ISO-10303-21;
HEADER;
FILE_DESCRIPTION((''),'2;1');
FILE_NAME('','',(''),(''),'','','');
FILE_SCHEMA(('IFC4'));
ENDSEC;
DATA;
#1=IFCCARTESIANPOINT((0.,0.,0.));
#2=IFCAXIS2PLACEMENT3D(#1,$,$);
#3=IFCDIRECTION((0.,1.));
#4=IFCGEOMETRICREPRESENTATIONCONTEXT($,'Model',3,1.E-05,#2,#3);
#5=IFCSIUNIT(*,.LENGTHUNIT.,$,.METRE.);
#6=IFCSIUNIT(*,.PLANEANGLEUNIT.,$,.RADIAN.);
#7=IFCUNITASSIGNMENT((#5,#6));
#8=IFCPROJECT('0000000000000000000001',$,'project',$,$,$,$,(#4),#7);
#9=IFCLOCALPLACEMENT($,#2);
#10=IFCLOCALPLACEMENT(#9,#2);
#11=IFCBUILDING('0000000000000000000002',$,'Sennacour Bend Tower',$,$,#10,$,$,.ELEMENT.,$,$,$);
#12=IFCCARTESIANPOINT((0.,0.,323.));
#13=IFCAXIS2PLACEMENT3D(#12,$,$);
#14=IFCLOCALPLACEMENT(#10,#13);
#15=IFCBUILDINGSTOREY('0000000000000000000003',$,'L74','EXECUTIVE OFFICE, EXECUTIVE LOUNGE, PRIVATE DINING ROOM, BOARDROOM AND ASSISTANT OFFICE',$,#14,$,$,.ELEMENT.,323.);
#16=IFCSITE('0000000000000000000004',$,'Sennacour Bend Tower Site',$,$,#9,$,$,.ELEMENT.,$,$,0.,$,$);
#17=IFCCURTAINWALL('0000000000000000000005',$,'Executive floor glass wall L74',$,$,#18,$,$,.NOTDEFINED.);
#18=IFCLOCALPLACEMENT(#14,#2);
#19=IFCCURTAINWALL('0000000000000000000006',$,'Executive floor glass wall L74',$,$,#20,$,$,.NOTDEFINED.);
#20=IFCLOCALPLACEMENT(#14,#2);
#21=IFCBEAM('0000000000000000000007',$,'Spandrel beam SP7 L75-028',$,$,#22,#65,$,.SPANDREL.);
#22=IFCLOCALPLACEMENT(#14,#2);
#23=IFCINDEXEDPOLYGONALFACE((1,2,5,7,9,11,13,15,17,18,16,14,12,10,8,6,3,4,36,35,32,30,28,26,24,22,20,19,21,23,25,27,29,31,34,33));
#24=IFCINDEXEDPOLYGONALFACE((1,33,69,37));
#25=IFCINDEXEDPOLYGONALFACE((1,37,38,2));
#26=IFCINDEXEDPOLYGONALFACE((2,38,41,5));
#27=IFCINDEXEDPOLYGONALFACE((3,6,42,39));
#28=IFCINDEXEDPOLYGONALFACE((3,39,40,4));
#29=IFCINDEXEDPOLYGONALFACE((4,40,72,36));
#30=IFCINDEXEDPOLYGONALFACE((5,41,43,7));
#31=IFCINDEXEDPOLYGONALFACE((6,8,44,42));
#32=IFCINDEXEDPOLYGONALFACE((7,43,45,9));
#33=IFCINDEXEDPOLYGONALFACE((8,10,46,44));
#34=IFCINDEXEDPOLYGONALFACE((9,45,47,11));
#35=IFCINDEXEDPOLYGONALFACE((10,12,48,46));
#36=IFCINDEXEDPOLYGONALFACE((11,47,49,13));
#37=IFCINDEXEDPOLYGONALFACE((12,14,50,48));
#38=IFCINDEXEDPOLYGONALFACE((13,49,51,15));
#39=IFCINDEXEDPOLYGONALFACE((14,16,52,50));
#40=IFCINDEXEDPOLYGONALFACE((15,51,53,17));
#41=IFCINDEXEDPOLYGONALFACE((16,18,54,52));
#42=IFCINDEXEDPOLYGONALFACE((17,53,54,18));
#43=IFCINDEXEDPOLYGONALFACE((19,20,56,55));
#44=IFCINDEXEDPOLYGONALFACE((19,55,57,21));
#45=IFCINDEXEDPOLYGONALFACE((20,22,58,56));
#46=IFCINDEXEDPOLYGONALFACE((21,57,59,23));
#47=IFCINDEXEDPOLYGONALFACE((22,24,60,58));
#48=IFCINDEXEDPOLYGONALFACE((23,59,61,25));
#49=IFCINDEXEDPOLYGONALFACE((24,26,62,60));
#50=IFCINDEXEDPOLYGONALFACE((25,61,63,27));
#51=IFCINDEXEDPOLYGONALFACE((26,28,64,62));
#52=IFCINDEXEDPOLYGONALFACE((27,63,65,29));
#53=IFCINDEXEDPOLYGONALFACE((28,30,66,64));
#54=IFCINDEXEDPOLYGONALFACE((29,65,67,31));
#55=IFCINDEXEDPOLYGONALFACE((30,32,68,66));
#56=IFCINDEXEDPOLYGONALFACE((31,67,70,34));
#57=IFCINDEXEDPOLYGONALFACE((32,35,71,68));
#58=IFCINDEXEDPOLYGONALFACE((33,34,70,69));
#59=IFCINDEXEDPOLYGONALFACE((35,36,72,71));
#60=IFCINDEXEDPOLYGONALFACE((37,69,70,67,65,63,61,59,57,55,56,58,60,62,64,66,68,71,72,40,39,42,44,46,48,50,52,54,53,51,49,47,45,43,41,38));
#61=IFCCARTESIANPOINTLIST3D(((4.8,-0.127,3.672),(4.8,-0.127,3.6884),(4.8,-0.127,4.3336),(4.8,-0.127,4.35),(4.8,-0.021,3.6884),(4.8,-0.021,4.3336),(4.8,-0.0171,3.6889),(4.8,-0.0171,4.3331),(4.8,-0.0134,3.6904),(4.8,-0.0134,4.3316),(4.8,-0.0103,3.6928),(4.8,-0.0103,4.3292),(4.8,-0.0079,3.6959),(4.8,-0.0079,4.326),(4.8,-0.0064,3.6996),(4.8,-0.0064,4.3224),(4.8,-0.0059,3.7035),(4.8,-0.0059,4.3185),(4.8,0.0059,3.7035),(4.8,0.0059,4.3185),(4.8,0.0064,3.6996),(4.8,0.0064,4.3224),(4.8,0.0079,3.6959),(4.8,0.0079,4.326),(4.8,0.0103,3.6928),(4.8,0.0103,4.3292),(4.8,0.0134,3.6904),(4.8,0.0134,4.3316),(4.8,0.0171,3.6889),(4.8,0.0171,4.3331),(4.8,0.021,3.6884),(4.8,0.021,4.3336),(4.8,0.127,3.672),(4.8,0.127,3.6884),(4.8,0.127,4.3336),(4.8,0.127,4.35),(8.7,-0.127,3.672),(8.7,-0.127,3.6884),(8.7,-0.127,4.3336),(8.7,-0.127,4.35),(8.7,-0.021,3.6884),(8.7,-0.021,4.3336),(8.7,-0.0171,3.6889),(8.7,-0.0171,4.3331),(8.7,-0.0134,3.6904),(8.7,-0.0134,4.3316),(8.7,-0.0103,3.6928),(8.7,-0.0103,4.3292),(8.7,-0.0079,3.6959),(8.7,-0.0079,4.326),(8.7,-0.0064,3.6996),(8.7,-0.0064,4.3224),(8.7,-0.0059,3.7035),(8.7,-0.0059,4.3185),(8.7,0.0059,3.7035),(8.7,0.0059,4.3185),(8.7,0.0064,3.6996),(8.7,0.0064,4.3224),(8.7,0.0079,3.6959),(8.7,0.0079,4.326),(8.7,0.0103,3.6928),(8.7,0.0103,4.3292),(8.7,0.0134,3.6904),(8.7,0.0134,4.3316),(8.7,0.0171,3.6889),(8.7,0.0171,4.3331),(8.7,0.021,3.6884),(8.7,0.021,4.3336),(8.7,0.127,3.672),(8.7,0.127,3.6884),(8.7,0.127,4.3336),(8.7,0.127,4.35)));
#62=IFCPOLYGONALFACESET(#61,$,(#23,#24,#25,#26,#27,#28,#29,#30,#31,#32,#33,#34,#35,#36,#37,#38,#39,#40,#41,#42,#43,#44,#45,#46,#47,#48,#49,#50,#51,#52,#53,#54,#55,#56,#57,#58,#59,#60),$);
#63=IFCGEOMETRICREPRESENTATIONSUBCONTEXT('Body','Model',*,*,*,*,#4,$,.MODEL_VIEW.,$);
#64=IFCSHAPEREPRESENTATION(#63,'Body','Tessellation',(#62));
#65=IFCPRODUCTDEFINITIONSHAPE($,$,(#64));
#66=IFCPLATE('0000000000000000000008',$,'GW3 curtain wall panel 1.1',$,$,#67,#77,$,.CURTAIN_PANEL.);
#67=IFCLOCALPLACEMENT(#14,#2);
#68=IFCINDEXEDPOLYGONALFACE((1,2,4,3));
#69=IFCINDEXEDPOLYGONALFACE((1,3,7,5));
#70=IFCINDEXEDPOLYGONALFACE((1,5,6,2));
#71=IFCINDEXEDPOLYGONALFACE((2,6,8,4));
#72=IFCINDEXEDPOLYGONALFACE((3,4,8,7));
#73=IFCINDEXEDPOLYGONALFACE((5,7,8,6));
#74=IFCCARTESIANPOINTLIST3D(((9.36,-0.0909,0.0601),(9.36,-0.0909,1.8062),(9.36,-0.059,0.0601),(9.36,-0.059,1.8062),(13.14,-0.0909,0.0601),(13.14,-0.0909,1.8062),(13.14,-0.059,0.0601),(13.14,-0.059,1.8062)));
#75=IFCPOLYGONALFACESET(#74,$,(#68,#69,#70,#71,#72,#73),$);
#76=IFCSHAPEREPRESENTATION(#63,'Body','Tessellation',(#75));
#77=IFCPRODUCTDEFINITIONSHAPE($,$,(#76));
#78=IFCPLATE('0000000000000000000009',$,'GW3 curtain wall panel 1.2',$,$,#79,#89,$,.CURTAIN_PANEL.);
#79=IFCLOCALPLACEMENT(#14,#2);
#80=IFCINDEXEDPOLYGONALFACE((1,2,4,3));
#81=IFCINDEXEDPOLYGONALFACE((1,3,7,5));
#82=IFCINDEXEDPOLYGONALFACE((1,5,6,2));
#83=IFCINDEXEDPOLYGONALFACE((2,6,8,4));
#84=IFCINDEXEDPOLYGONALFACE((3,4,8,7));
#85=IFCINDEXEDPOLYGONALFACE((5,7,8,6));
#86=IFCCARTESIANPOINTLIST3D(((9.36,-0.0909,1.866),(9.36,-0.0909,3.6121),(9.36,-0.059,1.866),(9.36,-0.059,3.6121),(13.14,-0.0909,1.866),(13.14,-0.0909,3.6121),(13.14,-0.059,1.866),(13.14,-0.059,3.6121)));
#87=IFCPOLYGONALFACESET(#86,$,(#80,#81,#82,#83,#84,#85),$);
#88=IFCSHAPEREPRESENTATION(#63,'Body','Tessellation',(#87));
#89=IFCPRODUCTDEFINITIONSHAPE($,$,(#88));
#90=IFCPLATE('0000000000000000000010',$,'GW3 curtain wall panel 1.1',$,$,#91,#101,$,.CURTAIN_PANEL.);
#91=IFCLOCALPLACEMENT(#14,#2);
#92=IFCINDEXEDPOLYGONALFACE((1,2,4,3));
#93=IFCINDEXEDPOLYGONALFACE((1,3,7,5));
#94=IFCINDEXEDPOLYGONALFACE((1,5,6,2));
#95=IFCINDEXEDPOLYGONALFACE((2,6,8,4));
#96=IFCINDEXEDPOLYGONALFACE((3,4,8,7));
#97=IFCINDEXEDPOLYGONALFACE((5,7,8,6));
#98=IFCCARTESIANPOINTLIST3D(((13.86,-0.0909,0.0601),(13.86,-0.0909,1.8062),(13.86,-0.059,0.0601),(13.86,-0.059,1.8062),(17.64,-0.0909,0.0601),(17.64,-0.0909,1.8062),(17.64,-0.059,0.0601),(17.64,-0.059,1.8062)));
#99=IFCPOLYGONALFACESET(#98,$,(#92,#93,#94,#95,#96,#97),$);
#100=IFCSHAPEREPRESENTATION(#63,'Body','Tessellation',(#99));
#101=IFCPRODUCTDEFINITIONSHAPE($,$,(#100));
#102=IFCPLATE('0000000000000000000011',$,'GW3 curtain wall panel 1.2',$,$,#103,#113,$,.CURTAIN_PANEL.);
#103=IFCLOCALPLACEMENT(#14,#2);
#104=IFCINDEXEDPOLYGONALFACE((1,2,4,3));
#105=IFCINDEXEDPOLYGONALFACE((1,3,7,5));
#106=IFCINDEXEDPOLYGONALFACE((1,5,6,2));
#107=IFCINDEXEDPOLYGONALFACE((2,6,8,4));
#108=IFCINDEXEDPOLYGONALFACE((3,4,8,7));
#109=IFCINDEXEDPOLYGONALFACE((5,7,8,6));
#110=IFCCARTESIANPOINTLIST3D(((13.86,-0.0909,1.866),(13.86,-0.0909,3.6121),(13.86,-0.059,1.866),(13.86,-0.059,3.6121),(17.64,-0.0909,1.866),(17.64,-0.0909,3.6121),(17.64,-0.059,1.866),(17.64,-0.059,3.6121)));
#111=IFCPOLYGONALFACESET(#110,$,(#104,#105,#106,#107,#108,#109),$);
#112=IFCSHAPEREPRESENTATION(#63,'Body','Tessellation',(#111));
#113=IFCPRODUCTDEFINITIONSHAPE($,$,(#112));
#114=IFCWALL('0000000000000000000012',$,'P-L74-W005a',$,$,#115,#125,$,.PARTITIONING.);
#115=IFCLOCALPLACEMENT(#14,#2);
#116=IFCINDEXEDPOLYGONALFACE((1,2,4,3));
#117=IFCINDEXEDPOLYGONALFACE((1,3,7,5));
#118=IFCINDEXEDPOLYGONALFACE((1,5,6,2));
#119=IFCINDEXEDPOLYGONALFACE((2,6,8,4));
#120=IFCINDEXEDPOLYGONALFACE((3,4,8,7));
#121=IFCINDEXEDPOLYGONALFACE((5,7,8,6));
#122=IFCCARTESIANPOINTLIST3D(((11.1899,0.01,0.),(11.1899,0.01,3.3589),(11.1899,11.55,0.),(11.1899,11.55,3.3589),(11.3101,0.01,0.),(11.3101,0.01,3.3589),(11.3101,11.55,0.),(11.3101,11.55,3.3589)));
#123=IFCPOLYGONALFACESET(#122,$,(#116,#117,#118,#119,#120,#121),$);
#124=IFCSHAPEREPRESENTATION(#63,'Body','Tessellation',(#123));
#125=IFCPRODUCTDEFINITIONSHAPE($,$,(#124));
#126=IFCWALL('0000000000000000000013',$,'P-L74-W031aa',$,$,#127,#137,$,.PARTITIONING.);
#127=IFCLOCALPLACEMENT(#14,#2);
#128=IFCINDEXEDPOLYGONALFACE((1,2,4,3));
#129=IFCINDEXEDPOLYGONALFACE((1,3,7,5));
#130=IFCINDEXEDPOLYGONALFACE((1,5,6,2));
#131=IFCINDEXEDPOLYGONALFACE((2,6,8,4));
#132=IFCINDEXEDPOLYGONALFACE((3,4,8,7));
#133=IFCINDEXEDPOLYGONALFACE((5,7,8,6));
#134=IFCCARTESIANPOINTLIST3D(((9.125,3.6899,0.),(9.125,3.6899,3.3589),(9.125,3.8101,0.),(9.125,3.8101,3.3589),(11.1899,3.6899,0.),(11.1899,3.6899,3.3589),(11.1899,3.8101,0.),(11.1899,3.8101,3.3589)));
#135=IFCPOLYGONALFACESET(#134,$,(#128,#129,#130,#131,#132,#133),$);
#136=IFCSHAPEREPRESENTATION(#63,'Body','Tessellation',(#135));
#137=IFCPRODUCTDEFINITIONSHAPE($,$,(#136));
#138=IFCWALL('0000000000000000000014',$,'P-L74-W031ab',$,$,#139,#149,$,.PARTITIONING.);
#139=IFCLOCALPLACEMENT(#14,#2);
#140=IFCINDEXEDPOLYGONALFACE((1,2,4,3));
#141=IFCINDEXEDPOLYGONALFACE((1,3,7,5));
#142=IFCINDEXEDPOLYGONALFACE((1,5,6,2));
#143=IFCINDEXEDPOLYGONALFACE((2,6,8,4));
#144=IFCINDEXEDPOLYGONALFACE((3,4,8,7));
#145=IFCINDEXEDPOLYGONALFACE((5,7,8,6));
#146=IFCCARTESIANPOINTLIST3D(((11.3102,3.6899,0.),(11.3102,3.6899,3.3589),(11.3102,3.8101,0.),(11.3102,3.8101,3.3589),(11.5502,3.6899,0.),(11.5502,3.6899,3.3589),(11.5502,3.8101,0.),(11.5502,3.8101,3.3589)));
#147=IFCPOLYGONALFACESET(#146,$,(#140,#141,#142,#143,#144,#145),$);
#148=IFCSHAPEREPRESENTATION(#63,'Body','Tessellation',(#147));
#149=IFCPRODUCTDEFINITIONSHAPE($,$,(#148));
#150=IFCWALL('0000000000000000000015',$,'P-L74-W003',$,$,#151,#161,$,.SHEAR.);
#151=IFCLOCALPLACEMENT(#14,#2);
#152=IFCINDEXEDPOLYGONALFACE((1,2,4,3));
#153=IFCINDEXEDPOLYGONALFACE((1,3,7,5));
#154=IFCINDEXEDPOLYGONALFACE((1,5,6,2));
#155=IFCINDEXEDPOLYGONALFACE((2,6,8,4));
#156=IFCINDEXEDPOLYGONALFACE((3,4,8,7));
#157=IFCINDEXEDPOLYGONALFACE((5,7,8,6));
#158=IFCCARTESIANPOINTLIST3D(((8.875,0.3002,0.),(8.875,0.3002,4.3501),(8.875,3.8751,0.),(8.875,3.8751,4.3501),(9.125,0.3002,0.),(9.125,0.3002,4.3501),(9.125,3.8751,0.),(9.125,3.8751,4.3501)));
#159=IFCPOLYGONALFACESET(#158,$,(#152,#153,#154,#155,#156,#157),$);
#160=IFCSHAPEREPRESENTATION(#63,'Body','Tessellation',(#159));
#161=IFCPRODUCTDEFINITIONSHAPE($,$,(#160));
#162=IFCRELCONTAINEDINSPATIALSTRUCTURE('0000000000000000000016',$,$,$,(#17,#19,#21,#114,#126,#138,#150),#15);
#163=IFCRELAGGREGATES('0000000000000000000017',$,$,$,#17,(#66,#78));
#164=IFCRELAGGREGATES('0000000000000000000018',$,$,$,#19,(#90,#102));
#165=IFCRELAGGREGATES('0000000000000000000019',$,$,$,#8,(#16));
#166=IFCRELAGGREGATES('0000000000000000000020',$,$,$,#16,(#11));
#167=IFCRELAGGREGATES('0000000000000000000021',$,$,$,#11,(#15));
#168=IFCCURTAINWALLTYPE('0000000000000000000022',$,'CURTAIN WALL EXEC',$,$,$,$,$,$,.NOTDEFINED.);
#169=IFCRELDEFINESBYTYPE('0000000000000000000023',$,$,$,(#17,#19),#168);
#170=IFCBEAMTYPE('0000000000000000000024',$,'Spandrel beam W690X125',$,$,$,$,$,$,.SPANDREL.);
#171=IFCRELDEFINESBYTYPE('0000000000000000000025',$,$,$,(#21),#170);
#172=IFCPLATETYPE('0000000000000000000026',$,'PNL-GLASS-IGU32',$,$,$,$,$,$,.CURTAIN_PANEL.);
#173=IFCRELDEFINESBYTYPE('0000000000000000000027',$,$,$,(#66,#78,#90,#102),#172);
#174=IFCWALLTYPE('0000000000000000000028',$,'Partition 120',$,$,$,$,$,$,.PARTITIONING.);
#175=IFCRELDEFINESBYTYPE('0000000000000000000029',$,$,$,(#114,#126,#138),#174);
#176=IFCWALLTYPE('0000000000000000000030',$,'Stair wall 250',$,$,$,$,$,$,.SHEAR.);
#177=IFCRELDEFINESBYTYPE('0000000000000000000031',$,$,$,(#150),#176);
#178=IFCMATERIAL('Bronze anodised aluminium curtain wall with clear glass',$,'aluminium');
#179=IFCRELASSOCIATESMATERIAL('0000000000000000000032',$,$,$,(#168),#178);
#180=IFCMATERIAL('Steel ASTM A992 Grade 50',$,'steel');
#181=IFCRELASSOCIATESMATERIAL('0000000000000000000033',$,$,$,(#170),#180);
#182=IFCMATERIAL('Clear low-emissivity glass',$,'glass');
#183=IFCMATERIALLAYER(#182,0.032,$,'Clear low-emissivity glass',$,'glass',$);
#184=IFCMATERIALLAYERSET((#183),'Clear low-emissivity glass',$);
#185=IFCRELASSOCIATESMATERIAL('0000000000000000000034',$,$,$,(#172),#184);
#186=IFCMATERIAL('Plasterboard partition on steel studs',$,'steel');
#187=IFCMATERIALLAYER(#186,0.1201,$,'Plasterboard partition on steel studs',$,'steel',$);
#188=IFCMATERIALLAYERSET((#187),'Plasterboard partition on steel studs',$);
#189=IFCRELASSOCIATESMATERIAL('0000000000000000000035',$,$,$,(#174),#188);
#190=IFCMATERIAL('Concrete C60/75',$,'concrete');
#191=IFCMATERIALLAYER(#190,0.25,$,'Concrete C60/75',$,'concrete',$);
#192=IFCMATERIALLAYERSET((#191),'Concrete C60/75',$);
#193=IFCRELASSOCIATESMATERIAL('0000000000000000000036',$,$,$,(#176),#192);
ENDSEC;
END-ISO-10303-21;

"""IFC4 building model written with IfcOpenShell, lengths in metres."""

from ifc_helpers import new_model, si_unit, direction, frame, frame_2d, origin, origin_2d, place, context, subcontext, project, spatial, rectangle, i_section, extrude, material, layer, layer_set, material_profile, profile_set, type_object, element, aggregate, save


model = new_model("IFC4")

# Units and contexts
model_context = context("Model", 3, precision=1e-05, world=origin(), true_north=direction((0.0, 1.0)))
body_context = subcontext(model_context, "Body", "Model", "MODEL_VIEW")
ifc_project = project(units=[si_unit("LENGTHUNIT", "METRE"), si_unit("PLANEANGLEUNIT", "RADIAN")], contexts=[model_context])

# Site, building, storey
site_placement = place(None, origin())
site = spatial("IfcSite", under=ifc_project, at=site_placement, Name="Sennacour Bend Tower Site", CompositionType="ELEMENT", RefElevation=0.0)
building_placement = place(site_placement, origin())
building = spatial("IfcBuilding", under=site, at=building_placement, Name="Sennacour Bend Tower", CompositionType="ELEMENT")
storey_placement = place(building_placement, frame((0.0, 0.0, 323.0)))
storey = spatial("IfcBuildingStorey", under=building, at=storey_placement, Name="L74", Description="EXECUTIVE OFFICE, EXECUTIVE LOUNGE, PRIVATE DINING ROOM, BOARDROOM AND ASSISTANT OFFICE", CompositionType="ELEMENT", Elevation=323.0)

# Shared definitions
ifc_material_1 = material(Name="Bronze anodised aluminium curtain wall with clear glass", Category="aluminium")
curtain_wall_type = type_object("IfcCurtainWallType", Name="CURTAIN WALL EXEC", PredefinedType="NOTDEFINED", material=ifc_material_1)

# Curtain wall
curtain_wall_1_placement = place(storey_placement, origin())
curtain_wall_1 = element("IfcCurtainWall", 1, at=curtain_wall_1_placement, inside=storey, type_object=curtain_wall_type, Name="Executive floor glass wall L74", PredefinedType="NOTDEFINED")

# Curtain wall
curtain_wall_2_placement = place(storey_placement, origin())
curtain_wall_2 = element("IfcCurtainWall", 2, at=curtain_wall_2_placement, inside=storey, type_object=curtain_wall_type, Name="Executive floor glass wall L74", PredefinedType="NOTDEFINED")

# Beam
ifc_material_2 = material(Name="Steel ASTM A992 Grade 50", Category="steel")
ifc_material_profile_1 = material_profile(ifc_material_2, i_section(OverallWidth=0.2539, OverallDepth=0.678, WebThickness=0.0117, FlangeThickness=0.0164, FilletRadius=0.0151, at=origin_2d()), Name="Steel ASTM A992 Grade 50", Category="steel")
ifc_profile_set_1 = profile_set([ifc_material_profile_1], Name="Steel ASTM A992 Grade 50")
beam_type_1 = type_object("IfcBeamType", Name="Spandrel beam W690X125", PredefinedType="SPANDREL", material=ifc_profile_set_1)
for number, where, z_axis, x_axis, name in (
    (3, (8.7, 0.0, 4.011), (-1.0, 0.0, 0.0), (0.0, -1.0, 0.0), "Spandrel beam SP7 L75-028"),
):
    element("IfcBeam", number, at=place(storey_placement, frame(where, z_axis=z_axis, x_axis=x_axis)), inside=storey, type_object=beam_type_1, Name=name, PredefinedType="SPANDREL", context=body_context, shape_type="SweptSolid", body=[
        extrude(i_section(OverallWidth=0.2539, OverallDepth=0.678, WebThickness=0.0117, FlangeThickness=0.0164, FilletRadius=0.0151, at=origin_2d()), origin(), (0.0, 0.0, 1.0), 3.8999),
    ])

# Plates
ifc_material_3 = material(Name="Clear low-emissivity glass", Category="glass")
ifc_layer_1 = layer(ifc_material_3, 0.032, Name="Clear low-emissivity glass", Category="glass")
ifc_layer_set_1 = layer_set([ifc_layer_1], Name="Clear low-emissivity glass")
plate_type = type_object("IfcPlateType", Name="PNL-GLASS-IGU32", PredefinedType="CURTAIN_PANEL", material=ifc_layer_set_1)
plate_1_placement = place(storey_placement, frame((11.25, -0.075, 0.0601), z_axis=(0.0, 0.0, 1.0), x_axis=(1.0, 0.0, 0.0)))
plate_1 = element("IfcPlate", 4, at=plate_1_placement, type_object=plate_type, Name="GW3 curtain wall panel 1.1", PredefinedType="CURTAIN_PANEL", context=body_context, shape_type="SweptSolid", body=[
    extrude(rectangle(XDim=3.78, YDim=0.032, at=origin_2d()), origin(), (0.0, 0.0, 1.0), 1.7461),
])
plate_2_placement = place(storey_placement, frame((11.25, -0.075, 1.866), z_axis=(0.0, 0.0, 1.0), x_axis=(1.0, 0.0, 0.0)))
plate_2 = element("IfcPlate", 5, at=plate_2_placement, type_object=plate_type, Name="GW3 curtain wall panel 1.2", PredefinedType="CURTAIN_PANEL", context=body_context, shape_type="SweptSolid", body=[
    extrude(rectangle(XDim=3.78, YDim=0.032, at=origin_2d()), origin(), (0.0, 0.0, 1.0), 1.7461),
])
aggregate(curtain_wall_1, [plate_1, plate_2])
plate_3_placement = place(storey_placement, frame((15.75, -0.075, 0.0601), z_axis=(0.0, 0.0, 1.0), x_axis=(1.0, 0.0, 0.0)))
plate_3 = element("IfcPlate", 6, at=plate_3_placement, type_object=plate_type, Name="GW3 curtain wall panel 1.1", PredefinedType="CURTAIN_PANEL", context=body_context, shape_type="SweptSolid", body=[
    extrude(rectangle(XDim=3.78, YDim=0.032, at=origin_2d()), origin(), (0.0, 0.0, 1.0), 1.7461),
])
plate_4_placement = place(storey_placement, frame((15.75, -0.075, 1.866), z_axis=(0.0, 0.0, 1.0), x_axis=(1.0, 0.0, 0.0)))
plate_4 = element("IfcPlate", 7, at=plate_4_placement, type_object=plate_type, Name="GW3 curtain wall panel 1.2", PredefinedType="CURTAIN_PANEL", context=body_context, shape_type="SweptSolid", body=[
    extrude(rectangle(XDim=3.78, YDim=0.032, at=origin_2d()), origin(), (0.0, 0.0, 1.0), 1.7461),
])
aggregate(curtain_wall_2, [plate_3, plate_4])

# Walls
ifc_material_4 = material(Name="Plasterboard partition on steel studs", Category="steel")
ifc_layer_2 = layer(ifc_material_4, 0.1201, Name="Plasterboard partition on steel studs", Category="steel")
ifc_layer_set_2 = layer_set([ifc_layer_2], Name="Plasterboard partition on steel studs")
wall_type_1 = type_object("IfcWallType", Name="Partition 120", PredefinedType="PARTITIONING", material=ifc_layer_set_2)
wall_1_placement = place(storey_placement, frame((11.25, 0.01, 0.0), z_axis=(0.0, 0.0, 1.0), x_axis=(0.0, 1.0, 0.0)))
element("IfcWall", 8, at=wall_1_placement, inside=storey, type_object=wall_type_1, Name="P-L74-W005a", PredefinedType="PARTITIONING", context=body_context, shape_type="SweptSolid", body=[
    extrude(rectangle(XDim=11.54, YDim=0.1201, at=frame_2d((5.77, 0.0))), origin(), (0.0, 0.0, 1.0), 3.3589),
])
wall_2_placement = place(storey_placement, frame((9.125, 3.75, 0.0), z_axis=(0.0, 0.0, 1.0), x_axis=(1.0, 0.0, 0.0)))
element("IfcWall", 9, at=wall_2_placement, inside=storey, type_object=wall_type_1, Name="P-L74-W031aa", PredefinedType="PARTITIONING", context=body_context, shape_type="SweptSolid", body=[
    extrude(rectangle(XDim=2.0649, YDim=0.1201, at=frame_2d((1.0325, 0.0))), origin(), (0.0, 0.0, 1.0), 3.3589),
])
wall_3_placement = place(storey_placement, frame((11.3101, 3.75, 0.0), z_axis=(0.0, 0.0, 1.0), x_axis=(1.0, 0.0, 0.0)))
element("IfcWall", 10, at=wall_3_placement, inside=storey, type_object=wall_type_1, Name="P-L74-W031ab", PredefinedType="PARTITIONING", context=body_context, shape_type="SweptSolid", body=[
    extrude(rectangle(XDim=0.24, YDim=0.1201, at=frame_2d((0.1201, 0.0))), origin(), (0.0, 0.0, 1.0), 3.3589),
])
ifc_material_5 = material(Name="Concrete C60/75", Category="concrete")
ifc_layer_3 = layer(ifc_material_5, 0.25, Name="Concrete C60/75", Category="concrete")
ifc_layer_set_3 = layer_set([ifc_layer_3], Name="Concrete C60/75")
wall_type_2 = type_object("IfcWallType", Name="Stair wall 250", PredefinedType="SHEAR", material=ifc_layer_set_3)
wall_4_placement = place(storey_placement, frame((9.0, 0.3, 0.0), z_axis=(0.0, 0.0, 1.0), x_axis=(0.0, 1.0, 0.0)))
element("IfcWall", 11, at=wall_4_placement, inside=storey, type_object=wall_type_2, Name="P-L74-W003", PredefinedType="SHEAR", context=body_context, shape_type="SweptSolid", body=[
    extrude(rectangle(XDim=3.575, YDim=0.25, at=frame_2d((1.7876, 0.0))), origin(), (0.0, 0.0, 1.0), 4.3501),
])

save(model, "model.ifc")
